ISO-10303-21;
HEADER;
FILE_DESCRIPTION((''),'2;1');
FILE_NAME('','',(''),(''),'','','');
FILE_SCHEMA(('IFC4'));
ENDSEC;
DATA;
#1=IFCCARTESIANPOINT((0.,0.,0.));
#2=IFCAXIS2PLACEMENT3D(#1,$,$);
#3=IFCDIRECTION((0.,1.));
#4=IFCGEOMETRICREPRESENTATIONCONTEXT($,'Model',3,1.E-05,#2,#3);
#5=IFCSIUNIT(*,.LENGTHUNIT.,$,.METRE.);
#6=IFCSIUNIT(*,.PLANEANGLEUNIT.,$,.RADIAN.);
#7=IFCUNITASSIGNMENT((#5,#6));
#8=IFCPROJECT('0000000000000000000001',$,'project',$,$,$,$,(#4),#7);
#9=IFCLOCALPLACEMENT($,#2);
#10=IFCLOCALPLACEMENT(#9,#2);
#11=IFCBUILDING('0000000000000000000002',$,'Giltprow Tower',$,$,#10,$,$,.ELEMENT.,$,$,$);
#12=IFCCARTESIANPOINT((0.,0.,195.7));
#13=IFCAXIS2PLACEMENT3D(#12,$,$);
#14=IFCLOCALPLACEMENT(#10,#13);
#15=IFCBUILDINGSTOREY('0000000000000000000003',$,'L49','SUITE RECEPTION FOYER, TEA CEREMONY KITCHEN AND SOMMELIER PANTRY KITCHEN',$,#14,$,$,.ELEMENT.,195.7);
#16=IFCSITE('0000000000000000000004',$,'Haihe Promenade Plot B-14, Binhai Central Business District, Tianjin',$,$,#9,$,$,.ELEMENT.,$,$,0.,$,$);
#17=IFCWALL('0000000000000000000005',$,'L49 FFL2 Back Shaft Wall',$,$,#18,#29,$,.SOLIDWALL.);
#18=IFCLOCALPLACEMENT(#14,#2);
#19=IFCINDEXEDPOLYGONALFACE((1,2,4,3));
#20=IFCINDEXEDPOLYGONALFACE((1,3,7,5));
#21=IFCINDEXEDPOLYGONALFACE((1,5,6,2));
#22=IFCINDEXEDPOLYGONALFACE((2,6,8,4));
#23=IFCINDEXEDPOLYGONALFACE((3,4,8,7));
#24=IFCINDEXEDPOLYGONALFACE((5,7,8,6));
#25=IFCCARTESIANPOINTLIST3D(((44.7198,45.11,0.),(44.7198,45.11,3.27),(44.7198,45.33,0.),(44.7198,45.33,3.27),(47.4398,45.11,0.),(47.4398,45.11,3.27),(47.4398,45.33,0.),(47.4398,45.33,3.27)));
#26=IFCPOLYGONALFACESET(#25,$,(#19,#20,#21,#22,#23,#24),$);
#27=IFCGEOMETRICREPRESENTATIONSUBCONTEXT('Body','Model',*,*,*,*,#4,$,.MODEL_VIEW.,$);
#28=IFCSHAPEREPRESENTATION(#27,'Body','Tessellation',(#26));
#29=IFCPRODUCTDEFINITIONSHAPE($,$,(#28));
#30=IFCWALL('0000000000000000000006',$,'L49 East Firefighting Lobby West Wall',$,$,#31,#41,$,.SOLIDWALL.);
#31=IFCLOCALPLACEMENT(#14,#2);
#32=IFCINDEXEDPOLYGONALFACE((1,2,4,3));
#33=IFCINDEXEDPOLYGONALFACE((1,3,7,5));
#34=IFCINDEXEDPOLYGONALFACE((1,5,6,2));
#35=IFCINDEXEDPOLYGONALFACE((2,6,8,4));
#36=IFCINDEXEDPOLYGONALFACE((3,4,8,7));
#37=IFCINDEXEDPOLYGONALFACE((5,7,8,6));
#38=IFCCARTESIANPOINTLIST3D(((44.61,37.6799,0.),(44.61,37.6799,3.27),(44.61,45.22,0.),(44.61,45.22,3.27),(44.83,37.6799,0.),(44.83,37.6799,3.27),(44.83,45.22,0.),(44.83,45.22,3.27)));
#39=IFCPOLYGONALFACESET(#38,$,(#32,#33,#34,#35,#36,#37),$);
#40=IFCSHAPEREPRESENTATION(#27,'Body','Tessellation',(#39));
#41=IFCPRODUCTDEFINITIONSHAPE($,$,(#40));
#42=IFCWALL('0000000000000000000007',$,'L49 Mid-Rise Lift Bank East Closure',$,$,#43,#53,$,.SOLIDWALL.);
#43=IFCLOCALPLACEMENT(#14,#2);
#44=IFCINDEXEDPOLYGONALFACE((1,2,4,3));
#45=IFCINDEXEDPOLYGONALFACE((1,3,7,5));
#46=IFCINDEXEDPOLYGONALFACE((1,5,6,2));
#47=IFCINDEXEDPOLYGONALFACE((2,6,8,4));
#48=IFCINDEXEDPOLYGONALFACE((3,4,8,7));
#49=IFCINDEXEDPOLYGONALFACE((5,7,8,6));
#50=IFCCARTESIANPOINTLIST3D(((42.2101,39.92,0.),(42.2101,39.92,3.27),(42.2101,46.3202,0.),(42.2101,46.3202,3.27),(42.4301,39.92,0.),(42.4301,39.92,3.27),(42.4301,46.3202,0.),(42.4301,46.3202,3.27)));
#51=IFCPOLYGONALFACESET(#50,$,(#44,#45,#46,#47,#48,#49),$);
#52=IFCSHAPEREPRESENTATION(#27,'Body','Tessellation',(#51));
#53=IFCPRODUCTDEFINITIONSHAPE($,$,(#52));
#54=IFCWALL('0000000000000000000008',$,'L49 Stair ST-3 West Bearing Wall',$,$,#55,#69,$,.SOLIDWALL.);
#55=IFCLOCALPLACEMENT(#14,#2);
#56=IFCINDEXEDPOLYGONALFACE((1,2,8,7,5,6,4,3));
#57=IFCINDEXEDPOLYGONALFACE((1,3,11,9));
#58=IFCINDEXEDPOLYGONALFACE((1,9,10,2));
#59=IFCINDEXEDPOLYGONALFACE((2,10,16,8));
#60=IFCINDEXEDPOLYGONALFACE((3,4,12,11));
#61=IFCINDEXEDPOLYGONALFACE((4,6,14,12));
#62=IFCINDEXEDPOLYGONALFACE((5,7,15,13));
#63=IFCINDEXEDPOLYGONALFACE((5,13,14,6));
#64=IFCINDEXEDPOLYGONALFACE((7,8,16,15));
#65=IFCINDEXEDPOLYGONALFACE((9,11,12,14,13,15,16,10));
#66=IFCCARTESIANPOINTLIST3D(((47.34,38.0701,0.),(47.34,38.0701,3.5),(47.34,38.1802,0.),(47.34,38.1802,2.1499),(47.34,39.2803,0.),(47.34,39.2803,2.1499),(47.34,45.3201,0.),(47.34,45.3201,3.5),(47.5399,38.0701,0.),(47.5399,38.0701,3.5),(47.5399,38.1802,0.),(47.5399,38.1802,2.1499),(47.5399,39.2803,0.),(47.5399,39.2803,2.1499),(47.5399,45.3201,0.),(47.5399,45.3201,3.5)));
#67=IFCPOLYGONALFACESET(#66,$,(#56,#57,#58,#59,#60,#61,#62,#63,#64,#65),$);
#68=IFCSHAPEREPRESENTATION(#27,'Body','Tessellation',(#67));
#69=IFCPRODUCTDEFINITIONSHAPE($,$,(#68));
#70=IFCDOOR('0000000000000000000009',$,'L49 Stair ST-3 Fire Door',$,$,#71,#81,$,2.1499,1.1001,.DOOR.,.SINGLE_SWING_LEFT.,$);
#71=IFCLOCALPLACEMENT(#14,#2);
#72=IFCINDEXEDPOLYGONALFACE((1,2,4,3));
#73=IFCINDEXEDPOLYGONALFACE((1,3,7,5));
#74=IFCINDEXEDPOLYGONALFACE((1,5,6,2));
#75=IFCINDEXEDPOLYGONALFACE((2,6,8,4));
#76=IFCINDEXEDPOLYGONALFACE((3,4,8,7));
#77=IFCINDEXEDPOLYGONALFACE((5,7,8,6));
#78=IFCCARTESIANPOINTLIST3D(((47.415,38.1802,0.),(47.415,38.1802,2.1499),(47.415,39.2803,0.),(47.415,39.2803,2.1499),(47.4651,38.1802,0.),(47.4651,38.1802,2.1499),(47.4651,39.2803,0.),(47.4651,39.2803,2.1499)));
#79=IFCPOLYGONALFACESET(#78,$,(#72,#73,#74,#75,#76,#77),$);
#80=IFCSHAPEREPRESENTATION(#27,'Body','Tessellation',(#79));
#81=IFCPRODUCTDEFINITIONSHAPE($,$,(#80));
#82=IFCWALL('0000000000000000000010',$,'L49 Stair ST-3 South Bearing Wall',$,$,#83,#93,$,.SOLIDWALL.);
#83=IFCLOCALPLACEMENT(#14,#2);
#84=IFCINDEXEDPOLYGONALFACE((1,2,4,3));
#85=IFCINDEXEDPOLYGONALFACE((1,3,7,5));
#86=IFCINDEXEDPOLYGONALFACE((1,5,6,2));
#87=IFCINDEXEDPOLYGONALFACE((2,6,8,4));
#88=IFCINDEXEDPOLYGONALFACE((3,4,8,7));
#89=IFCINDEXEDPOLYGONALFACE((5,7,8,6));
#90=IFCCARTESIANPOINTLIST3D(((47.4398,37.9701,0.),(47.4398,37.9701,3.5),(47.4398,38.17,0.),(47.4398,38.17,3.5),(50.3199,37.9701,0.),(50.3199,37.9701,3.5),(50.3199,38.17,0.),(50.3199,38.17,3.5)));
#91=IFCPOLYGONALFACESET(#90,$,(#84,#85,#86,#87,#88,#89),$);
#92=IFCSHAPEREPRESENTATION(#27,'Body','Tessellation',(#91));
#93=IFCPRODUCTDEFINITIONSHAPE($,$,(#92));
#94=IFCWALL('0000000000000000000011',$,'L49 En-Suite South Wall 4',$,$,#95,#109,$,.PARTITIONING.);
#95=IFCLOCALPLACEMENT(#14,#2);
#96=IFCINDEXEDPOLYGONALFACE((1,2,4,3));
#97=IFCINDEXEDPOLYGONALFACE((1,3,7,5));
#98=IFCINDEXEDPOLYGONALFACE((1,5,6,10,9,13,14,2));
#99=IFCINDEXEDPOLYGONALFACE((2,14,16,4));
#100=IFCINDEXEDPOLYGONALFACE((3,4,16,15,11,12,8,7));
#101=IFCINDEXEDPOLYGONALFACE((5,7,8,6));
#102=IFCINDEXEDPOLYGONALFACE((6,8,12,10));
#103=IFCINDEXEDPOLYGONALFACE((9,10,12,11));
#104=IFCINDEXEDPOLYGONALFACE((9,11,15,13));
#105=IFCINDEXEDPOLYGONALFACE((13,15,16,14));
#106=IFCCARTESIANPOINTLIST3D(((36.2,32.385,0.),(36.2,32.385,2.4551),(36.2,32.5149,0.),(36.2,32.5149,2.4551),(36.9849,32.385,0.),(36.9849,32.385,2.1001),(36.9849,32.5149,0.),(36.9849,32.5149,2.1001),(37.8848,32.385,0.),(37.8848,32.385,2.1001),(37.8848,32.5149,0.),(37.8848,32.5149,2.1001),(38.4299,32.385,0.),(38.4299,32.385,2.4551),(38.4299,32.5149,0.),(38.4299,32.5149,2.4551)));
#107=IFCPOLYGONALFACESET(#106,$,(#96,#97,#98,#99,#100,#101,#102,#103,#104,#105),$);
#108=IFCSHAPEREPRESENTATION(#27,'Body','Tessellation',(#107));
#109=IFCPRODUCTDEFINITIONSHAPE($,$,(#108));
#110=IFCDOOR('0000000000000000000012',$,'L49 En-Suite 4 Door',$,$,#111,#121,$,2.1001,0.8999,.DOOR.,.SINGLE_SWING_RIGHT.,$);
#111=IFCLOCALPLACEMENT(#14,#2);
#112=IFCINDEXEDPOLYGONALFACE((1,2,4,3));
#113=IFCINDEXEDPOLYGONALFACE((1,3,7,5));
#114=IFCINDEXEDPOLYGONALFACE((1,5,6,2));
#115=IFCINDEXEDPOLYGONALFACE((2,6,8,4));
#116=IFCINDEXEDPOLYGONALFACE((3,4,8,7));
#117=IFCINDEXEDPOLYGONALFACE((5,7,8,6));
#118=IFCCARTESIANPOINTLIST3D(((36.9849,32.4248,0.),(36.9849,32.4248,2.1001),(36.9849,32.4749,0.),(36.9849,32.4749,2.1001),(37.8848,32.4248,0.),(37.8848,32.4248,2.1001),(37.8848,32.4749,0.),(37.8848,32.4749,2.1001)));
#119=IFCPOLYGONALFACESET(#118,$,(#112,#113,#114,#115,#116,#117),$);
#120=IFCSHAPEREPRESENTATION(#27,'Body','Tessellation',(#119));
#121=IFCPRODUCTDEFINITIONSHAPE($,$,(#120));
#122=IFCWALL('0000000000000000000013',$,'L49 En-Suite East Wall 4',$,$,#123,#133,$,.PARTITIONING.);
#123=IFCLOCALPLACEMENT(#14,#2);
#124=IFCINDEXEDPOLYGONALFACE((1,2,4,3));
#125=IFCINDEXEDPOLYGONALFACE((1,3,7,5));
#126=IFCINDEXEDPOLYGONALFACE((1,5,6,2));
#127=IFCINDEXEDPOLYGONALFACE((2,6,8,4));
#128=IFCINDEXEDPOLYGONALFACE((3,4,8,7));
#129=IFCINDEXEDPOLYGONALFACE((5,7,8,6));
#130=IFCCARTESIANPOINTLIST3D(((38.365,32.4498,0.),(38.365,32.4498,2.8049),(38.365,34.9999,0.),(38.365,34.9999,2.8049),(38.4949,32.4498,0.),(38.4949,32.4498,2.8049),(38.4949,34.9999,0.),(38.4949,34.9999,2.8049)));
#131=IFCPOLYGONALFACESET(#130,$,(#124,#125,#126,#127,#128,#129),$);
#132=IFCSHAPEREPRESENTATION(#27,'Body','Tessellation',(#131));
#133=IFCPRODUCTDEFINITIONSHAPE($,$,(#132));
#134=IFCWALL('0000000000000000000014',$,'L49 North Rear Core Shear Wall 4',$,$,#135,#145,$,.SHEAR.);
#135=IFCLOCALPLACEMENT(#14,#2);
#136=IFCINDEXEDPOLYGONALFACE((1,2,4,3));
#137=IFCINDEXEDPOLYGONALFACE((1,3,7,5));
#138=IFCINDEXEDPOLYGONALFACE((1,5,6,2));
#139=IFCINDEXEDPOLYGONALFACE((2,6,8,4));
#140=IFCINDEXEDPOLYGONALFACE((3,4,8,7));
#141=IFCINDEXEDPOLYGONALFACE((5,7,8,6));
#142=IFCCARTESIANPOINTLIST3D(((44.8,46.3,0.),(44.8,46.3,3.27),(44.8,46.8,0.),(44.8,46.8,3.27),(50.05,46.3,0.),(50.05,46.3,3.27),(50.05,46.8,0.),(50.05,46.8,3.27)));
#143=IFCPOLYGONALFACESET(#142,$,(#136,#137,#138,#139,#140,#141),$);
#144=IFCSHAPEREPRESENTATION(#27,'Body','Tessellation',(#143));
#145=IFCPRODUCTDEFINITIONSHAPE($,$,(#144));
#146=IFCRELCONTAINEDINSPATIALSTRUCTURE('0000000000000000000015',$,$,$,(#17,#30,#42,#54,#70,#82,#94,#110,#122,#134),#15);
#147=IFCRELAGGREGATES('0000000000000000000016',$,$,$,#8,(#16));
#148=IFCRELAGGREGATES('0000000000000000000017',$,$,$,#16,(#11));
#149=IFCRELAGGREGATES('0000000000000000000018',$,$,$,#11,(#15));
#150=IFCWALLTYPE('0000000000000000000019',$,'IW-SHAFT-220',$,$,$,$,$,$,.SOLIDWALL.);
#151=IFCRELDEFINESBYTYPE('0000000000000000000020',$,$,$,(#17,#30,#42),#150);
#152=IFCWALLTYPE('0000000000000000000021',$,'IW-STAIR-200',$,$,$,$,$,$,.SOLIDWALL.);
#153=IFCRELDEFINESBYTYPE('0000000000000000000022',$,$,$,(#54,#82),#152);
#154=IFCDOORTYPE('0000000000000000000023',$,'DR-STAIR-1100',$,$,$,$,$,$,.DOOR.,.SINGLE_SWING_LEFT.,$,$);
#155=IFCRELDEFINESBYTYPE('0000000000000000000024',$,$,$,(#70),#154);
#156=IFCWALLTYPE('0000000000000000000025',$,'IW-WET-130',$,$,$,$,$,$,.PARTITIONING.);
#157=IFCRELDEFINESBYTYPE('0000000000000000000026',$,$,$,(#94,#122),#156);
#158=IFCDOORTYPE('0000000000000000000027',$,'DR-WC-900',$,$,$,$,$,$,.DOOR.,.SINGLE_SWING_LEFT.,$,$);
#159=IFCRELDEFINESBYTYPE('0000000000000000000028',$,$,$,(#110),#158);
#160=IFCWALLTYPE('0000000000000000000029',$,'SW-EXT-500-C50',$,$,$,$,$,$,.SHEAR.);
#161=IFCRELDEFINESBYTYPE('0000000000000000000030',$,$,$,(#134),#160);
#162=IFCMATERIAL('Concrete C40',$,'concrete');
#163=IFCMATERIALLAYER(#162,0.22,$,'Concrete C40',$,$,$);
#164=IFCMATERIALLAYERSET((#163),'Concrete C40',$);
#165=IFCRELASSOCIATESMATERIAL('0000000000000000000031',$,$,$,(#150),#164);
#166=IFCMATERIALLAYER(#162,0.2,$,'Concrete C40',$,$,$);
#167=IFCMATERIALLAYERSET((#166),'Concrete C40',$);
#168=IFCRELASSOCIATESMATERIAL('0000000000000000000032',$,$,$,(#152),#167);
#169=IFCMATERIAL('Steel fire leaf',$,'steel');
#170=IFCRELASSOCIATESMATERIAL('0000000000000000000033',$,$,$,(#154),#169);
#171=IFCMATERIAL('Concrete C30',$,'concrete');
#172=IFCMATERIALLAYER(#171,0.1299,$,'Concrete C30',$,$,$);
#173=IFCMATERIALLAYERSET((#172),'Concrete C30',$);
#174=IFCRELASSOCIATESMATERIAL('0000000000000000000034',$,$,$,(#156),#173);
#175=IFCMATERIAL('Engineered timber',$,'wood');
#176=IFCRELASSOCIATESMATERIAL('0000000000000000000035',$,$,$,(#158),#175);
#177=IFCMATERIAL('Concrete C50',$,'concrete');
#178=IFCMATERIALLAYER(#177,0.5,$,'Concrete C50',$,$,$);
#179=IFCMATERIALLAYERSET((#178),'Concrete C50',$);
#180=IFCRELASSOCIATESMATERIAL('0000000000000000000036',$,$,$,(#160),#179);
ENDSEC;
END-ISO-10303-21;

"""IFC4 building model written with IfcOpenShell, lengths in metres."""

from ifc_helpers import new_model, si_unit, direction, frame, frame_2d, origin, place, context, subcontext, project, spatial, rectangle, extrude, source, transform, mapped, material, layer, layer_set, type_object, element, fill, save


model = new_model("IFC4")

# Units and contexts
model_context = context("Model", 3, precision=1e-05, world=origin(), true_north=direction((0.0, 1.0)))
body_context = subcontext(model_context, "Body", "Model", "MODEL_VIEW")
ifc_project = project(units=[si_unit("LENGTHUNIT", "METRE"), si_unit("PLANEANGLEUNIT", "RADIAN")], contexts=[model_context])

# Site, building, storey
site_placement = place(None, origin())
site = spatial("IfcSite", under=ifc_project, at=site_placement, Name="Haihe Promenade Plot B-14, Binhai Central Business District, Tianjin", CompositionType="ELEMENT", RefElevation=0.0)
building_placement = place(site_placement, origin())
building = spatial("IfcBuilding", under=site, at=building_placement, Name="Giltprow Tower", CompositionType="ELEMENT")
storey_placement = place(building_placement, frame((0.0, 0.0, 195.7)))
storey = spatial("IfcBuildingStorey", under=building, at=storey_placement, Name="L49", Description="SUITE RECEPTION FOYER, TEA CEREMONY KITCHEN AND SOMMELIER PANTRY KITCHEN", CompositionType="ELEMENT", Elevation=195.7)

# Shared definitions
ifc_material_1 = material(Name="Concrete C50", Category="concrete")

# Shared definitions
ifc_material_2 = material(Name="Concrete C40", Category="concrete")
ifc_layer_1 = layer(ifc_material_2, 0.22, Name="Concrete C40")
ifc_layer_set_1 = layer_set([ifc_layer_1], Name="Concrete C40")
wall_type_1 = type_object("IfcWallType", Name="IW-SHAFT-220", PredefinedType="SOLIDWALL", material=ifc_layer_set_1)

# Walls
wall_1_placement = place(storey_placement, frame((44.72, 45.22, 0.0), z_axis=(0.0, 0.0, 1.0), x_axis=(1.0, 0.0, 0.0)))
element("IfcWall", 1, at=wall_1_placement, inside=storey, type_object=wall_type_1, Name="L49 FFL2 Back Shaft Wall", PredefinedType="SOLIDWALL", context=body_context, shape_type="SweptSolid", body=[
    extrude(rectangle(XDim=2.72, YDim=0.22, at=frame_2d((1.3599, 0.0))), origin(), (0.0, 0.0, 1.0), 3.27),
])
wall_2_placement = place(storey_placement, frame((44.72, 37.6799, 0.0), z_axis=(0.0, 0.0, 1.0), x_axis=(0.0, 1.0, 0.0)))
element("IfcWall", 2, at=wall_2_placement, inside=storey, type_object=wall_type_1, Name="L49 East Firefighting Lobby West Wall", PredefinedType="SOLIDWALL", context=body_context, shape_type="SweptSolid", body=[
    extrude(rectangle(XDim=7.54, YDim=0.22, at=frame_2d((3.77, 0.0))), origin(), (0.0, 0.0, 1.0), 3.27),
])
wall_3_placement = place(storey_placement, frame((42.3201, 39.9199, 0.0), z_axis=(0.0, 0.0, 1.0), x_axis=(0.0, 1.0, 0.0)))
element("IfcWall", 3, at=wall_3_placement, inside=storey, type_object=wall_type_1, Name="L49 Mid-Rise Lift Bank East Closure", PredefinedType="SOLIDWALL", context=body_context, shape_type="SweptSolid", body=[
    extrude(rectangle(XDim=6.4001, YDim=0.22, at=frame_2d((3.2002, 0.0))), origin(), (0.0, 0.0, 1.0), 3.27),
])

# Wall, opening, door
ifc_layer_2 = layer(ifc_material_2, 0.2, Name="Concrete C40")
ifc_layer_set_2 = layer_set([ifc_layer_2], Name="Concrete C40")
wall_type_2 = type_object("IfcWallType", Name="IW-STAIR-200", PredefinedType="SOLIDWALL", material=ifc_layer_set_2)
wall_4_placement = place(storey_placement, frame((47.4399, 38.0701, 0.0), z_axis=(0.0, 0.0, 1.0), x_axis=(0.0, 1.0, 0.0)))
wall_4 = element("IfcWall", 4, at=wall_4_placement, inside=storey, type_object=wall_type_2, Name="L49 Stair ST-3 West Bearing Wall", PredefinedType="SOLIDWALL", context=body_context, shape_type="SweptSolid", body=[
    extrude(rectangle(XDim=7.25, YDim=0.2, at=frame_2d((3.625, 0.0))), origin(), (0.0, 0.0, 1.0), 3.5),
])
opening_1_placement = place(wall_4_placement, frame((0.1101, 0.0, 0.0)))
opening_1 = element("IfcOpeningElement", 5, at=opening_1_placement, cuts=wall_4, PredefinedType="OPENING", context=body_context, shape_type="SweptSolid", body=[
    extrude(rectangle(XDim=1.1001, YDim=2.1499, at=frame_2d((0.55, 1.075))), frame((0.0, 0.1099, 0.0), z_axis=(0.0, -1.0, 0.0), x_axis=(1.0, 0.0, 0.0)), (0.0, 0.0, 1.0), 0.22),
])
ifc_material_3 = material(Name="Steel fire leaf", Category="steel")
door_type_1 = type_object("IfcDoorType", Name="DR-STAIR-1100", OperationType="SINGLE_SWING_LEFT", PredefinedType="DOOR", material=ifc_material_3)
shared_shape_1 = source(origin(), body_context, "Body", "SweptSolid", [
    extrude(rectangle(XDim=1.1001, YDim=2.1499, at=frame_2d((0.55, 1.075))), frame((0.0, 0.0249, 0.0), z_axis=(0.0, -1.0, 0.0), x_axis=(1.0, 0.0, 0.0)), (0.0, 0.0, 1.0), 0.05),
])
door_1_placement = place(opening_1_placement, origin())
door_1 = element("IfcDoor", 6, at=door_1_placement, inside=storey, type_object=door_type_1, Name="L49 Stair ST-3 Fire Door", OperationType="SINGLE_SWING_LEFT", OverallHeight=2.1499, OverallWidth=1.1001, PredefinedType="DOOR", context=body_context, shape_type="MappedRepresentation", body=[
    mapped(shared_shape_1, transform((0.0, 0.0, 0.0), x_axis=(1.0, 0.0, 0.0), y_axis=(0.0, 1.0, 0.0), z_axis=(0.0, 0.0, 1.0), scale=1.0)),
])
fill(opening_1, door_1)

# Wall
wall_5_placement = place(storey_placement, frame((47.4399, 38.0701, 0.0), z_axis=(0.0, 0.0, 1.0), x_axis=(1.0, 0.0, 0.0)))
element("IfcWall", 7, at=wall_5_placement, inside=storey, type_object=wall_type_2, Name="L49 Stair ST-3 South Bearing Wall", PredefinedType="SOLIDWALL", context=body_context, shape_type="SweptSolid", body=[
    extrude(rectangle(XDim=2.8801, YDim=0.2, at=frame_2d((1.4399, 0.0))), origin(), (0.0, 0.0, 1.0), 3.5),
])

# Wall, opening, door
ifc_material_4 = material(Name="Concrete C30", Category="concrete")
ifc_layer_3 = layer(ifc_material_4, 0.1299, Name="Concrete C30")
ifc_layer_set_3 = layer_set([ifc_layer_3], Name="Concrete C30")
wall_type_3 = type_object("IfcWallType", Name="IW-WET-130", PredefinedType="PARTITIONING", material=ifc_layer_set_3)
wall_6_placement = place(storey_placement, frame((36.2, 32.45, 0.0), z_axis=(0.0, 0.0, 1.0), x_axis=(1.0, 0.0, 0.0)))
wall_6 = element("IfcWall", 8, at=wall_6_placement, inside=storey, type_object=wall_type_3, Name="L49 En-Suite South Wall 4", PredefinedType="PARTITIONING", context=body_context, shape_type="SweptSolid", body=[
    extrude(rectangle(XDim=2.23, YDim=0.1299, at=frame_2d((1.115, 0.0))), origin(), (0.0, 0.0, 1.0), 2.4551),
])
opening_2_placement = place(wall_6_placement, frame((0.7849, 0.0, 0.0)))
opening_2 = element("IfcOpeningElement", 9, at=opening_2_placement, cuts=wall_6, PredefinedType="OPENING", context=body_context, shape_type="SweptSolid", body=[
    extrude(rectangle(XDim=0.8999, YDim=2.1001, at=frame_2d((0.45, 1.05))), frame((0.0, 0.075, 0.0), z_axis=(0.0, -1.0, 0.0), x_axis=(1.0, 0.0, 0.0)), (0.0, 0.0, 1.0), 0.1499),
])
ifc_material_5 = material(Name="Engineered timber", Category="wood")
door_type_2 = type_object("IfcDoorType", Name="DR-WC-900", OperationType="SINGLE_SWING_LEFT", PredefinedType="DOOR", material=ifc_material_5)
shared_shape_2 = source(origin(), body_context, "Body", "SweptSolid", [
    extrude(rectangle(XDim=0.8999, YDim=2.1001, at=frame_2d((0.45, 1.05))), frame((0.0, 0.0249, 0.0), z_axis=(0.0, -1.0, 0.0), x_axis=(1.0, 0.0, 0.0)), (0.0, 0.0, 1.0), 0.05),
])
door_2_placement = place(opening_2_placement, origin())
door_2 = element("IfcDoor", 10, at=door_2_placement, inside=storey, type_object=door_type_2, Name="L49 En-Suite 4 Door", OperationType="SINGLE_SWING_RIGHT", OverallHeight=2.1001, OverallWidth=0.8999, PredefinedType="DOOR", context=body_context, shape_type="MappedRepresentation", body=[
    mapped(shared_shape_2, transform((0.0, 0.0, 0.0), x_axis=(1.0, 0.0, 0.0), y_axis=(0.0, 1.0, 0.0), z_axis=(0.0, 0.0, 1.0), scale=1.0)),
])
fill(opening_2, door_2)

# Walls
wall_7_placement = place(storey_placement, frame((38.4299, 32.45, 0.0), z_axis=(0.0, 0.0, 1.0), x_axis=(0.0, 1.0, 0.0)))
element("IfcWall", 11, at=wall_7_placement, inside=storey, type_object=wall_type_3, Name="L49 En-Suite East Wall 4", PredefinedType="PARTITIONING", context=body_context, shape_type="SweptSolid", body=[
    extrude(rectangle(XDim=2.55, YDim=0.1299, at=frame_2d((1.2749, 0.0))), origin(), (0.0, 0.0, 1.0), 2.8049),
])
ifc_layer_4 = layer(ifc_material_1, 0.5, Name="Concrete C50")
ifc_layer_set_4 = layer_set([ifc_layer_4], Name="Concrete C50")
wall_type_4 = type_object("IfcWallType", Name="SW-EXT-500-C50", PredefinedType="SHEAR", material=ifc_layer_set_4)
wall_8_placement = place(storey_placement, frame((44.8, 46.55, 0.0), z_axis=(0.0, 0.0, 1.0), x_axis=(1.0, 0.0, 0.0)))
element("IfcWall", 12, at=wall_8_placement, inside=storey, type_object=wall_type_4, Name="L49 North Rear Core Shear Wall 4", PredefinedType="SHEAR", context=body_context, shape_type="SweptSolid", body=[
    extrude(rectangle(XDim=5.25, YDim=0.5, at=frame_2d((2.625, 0.0))), origin(), (0.0, 0.0, 1.0), 3.27),
])

save(model, "model.ifc")
